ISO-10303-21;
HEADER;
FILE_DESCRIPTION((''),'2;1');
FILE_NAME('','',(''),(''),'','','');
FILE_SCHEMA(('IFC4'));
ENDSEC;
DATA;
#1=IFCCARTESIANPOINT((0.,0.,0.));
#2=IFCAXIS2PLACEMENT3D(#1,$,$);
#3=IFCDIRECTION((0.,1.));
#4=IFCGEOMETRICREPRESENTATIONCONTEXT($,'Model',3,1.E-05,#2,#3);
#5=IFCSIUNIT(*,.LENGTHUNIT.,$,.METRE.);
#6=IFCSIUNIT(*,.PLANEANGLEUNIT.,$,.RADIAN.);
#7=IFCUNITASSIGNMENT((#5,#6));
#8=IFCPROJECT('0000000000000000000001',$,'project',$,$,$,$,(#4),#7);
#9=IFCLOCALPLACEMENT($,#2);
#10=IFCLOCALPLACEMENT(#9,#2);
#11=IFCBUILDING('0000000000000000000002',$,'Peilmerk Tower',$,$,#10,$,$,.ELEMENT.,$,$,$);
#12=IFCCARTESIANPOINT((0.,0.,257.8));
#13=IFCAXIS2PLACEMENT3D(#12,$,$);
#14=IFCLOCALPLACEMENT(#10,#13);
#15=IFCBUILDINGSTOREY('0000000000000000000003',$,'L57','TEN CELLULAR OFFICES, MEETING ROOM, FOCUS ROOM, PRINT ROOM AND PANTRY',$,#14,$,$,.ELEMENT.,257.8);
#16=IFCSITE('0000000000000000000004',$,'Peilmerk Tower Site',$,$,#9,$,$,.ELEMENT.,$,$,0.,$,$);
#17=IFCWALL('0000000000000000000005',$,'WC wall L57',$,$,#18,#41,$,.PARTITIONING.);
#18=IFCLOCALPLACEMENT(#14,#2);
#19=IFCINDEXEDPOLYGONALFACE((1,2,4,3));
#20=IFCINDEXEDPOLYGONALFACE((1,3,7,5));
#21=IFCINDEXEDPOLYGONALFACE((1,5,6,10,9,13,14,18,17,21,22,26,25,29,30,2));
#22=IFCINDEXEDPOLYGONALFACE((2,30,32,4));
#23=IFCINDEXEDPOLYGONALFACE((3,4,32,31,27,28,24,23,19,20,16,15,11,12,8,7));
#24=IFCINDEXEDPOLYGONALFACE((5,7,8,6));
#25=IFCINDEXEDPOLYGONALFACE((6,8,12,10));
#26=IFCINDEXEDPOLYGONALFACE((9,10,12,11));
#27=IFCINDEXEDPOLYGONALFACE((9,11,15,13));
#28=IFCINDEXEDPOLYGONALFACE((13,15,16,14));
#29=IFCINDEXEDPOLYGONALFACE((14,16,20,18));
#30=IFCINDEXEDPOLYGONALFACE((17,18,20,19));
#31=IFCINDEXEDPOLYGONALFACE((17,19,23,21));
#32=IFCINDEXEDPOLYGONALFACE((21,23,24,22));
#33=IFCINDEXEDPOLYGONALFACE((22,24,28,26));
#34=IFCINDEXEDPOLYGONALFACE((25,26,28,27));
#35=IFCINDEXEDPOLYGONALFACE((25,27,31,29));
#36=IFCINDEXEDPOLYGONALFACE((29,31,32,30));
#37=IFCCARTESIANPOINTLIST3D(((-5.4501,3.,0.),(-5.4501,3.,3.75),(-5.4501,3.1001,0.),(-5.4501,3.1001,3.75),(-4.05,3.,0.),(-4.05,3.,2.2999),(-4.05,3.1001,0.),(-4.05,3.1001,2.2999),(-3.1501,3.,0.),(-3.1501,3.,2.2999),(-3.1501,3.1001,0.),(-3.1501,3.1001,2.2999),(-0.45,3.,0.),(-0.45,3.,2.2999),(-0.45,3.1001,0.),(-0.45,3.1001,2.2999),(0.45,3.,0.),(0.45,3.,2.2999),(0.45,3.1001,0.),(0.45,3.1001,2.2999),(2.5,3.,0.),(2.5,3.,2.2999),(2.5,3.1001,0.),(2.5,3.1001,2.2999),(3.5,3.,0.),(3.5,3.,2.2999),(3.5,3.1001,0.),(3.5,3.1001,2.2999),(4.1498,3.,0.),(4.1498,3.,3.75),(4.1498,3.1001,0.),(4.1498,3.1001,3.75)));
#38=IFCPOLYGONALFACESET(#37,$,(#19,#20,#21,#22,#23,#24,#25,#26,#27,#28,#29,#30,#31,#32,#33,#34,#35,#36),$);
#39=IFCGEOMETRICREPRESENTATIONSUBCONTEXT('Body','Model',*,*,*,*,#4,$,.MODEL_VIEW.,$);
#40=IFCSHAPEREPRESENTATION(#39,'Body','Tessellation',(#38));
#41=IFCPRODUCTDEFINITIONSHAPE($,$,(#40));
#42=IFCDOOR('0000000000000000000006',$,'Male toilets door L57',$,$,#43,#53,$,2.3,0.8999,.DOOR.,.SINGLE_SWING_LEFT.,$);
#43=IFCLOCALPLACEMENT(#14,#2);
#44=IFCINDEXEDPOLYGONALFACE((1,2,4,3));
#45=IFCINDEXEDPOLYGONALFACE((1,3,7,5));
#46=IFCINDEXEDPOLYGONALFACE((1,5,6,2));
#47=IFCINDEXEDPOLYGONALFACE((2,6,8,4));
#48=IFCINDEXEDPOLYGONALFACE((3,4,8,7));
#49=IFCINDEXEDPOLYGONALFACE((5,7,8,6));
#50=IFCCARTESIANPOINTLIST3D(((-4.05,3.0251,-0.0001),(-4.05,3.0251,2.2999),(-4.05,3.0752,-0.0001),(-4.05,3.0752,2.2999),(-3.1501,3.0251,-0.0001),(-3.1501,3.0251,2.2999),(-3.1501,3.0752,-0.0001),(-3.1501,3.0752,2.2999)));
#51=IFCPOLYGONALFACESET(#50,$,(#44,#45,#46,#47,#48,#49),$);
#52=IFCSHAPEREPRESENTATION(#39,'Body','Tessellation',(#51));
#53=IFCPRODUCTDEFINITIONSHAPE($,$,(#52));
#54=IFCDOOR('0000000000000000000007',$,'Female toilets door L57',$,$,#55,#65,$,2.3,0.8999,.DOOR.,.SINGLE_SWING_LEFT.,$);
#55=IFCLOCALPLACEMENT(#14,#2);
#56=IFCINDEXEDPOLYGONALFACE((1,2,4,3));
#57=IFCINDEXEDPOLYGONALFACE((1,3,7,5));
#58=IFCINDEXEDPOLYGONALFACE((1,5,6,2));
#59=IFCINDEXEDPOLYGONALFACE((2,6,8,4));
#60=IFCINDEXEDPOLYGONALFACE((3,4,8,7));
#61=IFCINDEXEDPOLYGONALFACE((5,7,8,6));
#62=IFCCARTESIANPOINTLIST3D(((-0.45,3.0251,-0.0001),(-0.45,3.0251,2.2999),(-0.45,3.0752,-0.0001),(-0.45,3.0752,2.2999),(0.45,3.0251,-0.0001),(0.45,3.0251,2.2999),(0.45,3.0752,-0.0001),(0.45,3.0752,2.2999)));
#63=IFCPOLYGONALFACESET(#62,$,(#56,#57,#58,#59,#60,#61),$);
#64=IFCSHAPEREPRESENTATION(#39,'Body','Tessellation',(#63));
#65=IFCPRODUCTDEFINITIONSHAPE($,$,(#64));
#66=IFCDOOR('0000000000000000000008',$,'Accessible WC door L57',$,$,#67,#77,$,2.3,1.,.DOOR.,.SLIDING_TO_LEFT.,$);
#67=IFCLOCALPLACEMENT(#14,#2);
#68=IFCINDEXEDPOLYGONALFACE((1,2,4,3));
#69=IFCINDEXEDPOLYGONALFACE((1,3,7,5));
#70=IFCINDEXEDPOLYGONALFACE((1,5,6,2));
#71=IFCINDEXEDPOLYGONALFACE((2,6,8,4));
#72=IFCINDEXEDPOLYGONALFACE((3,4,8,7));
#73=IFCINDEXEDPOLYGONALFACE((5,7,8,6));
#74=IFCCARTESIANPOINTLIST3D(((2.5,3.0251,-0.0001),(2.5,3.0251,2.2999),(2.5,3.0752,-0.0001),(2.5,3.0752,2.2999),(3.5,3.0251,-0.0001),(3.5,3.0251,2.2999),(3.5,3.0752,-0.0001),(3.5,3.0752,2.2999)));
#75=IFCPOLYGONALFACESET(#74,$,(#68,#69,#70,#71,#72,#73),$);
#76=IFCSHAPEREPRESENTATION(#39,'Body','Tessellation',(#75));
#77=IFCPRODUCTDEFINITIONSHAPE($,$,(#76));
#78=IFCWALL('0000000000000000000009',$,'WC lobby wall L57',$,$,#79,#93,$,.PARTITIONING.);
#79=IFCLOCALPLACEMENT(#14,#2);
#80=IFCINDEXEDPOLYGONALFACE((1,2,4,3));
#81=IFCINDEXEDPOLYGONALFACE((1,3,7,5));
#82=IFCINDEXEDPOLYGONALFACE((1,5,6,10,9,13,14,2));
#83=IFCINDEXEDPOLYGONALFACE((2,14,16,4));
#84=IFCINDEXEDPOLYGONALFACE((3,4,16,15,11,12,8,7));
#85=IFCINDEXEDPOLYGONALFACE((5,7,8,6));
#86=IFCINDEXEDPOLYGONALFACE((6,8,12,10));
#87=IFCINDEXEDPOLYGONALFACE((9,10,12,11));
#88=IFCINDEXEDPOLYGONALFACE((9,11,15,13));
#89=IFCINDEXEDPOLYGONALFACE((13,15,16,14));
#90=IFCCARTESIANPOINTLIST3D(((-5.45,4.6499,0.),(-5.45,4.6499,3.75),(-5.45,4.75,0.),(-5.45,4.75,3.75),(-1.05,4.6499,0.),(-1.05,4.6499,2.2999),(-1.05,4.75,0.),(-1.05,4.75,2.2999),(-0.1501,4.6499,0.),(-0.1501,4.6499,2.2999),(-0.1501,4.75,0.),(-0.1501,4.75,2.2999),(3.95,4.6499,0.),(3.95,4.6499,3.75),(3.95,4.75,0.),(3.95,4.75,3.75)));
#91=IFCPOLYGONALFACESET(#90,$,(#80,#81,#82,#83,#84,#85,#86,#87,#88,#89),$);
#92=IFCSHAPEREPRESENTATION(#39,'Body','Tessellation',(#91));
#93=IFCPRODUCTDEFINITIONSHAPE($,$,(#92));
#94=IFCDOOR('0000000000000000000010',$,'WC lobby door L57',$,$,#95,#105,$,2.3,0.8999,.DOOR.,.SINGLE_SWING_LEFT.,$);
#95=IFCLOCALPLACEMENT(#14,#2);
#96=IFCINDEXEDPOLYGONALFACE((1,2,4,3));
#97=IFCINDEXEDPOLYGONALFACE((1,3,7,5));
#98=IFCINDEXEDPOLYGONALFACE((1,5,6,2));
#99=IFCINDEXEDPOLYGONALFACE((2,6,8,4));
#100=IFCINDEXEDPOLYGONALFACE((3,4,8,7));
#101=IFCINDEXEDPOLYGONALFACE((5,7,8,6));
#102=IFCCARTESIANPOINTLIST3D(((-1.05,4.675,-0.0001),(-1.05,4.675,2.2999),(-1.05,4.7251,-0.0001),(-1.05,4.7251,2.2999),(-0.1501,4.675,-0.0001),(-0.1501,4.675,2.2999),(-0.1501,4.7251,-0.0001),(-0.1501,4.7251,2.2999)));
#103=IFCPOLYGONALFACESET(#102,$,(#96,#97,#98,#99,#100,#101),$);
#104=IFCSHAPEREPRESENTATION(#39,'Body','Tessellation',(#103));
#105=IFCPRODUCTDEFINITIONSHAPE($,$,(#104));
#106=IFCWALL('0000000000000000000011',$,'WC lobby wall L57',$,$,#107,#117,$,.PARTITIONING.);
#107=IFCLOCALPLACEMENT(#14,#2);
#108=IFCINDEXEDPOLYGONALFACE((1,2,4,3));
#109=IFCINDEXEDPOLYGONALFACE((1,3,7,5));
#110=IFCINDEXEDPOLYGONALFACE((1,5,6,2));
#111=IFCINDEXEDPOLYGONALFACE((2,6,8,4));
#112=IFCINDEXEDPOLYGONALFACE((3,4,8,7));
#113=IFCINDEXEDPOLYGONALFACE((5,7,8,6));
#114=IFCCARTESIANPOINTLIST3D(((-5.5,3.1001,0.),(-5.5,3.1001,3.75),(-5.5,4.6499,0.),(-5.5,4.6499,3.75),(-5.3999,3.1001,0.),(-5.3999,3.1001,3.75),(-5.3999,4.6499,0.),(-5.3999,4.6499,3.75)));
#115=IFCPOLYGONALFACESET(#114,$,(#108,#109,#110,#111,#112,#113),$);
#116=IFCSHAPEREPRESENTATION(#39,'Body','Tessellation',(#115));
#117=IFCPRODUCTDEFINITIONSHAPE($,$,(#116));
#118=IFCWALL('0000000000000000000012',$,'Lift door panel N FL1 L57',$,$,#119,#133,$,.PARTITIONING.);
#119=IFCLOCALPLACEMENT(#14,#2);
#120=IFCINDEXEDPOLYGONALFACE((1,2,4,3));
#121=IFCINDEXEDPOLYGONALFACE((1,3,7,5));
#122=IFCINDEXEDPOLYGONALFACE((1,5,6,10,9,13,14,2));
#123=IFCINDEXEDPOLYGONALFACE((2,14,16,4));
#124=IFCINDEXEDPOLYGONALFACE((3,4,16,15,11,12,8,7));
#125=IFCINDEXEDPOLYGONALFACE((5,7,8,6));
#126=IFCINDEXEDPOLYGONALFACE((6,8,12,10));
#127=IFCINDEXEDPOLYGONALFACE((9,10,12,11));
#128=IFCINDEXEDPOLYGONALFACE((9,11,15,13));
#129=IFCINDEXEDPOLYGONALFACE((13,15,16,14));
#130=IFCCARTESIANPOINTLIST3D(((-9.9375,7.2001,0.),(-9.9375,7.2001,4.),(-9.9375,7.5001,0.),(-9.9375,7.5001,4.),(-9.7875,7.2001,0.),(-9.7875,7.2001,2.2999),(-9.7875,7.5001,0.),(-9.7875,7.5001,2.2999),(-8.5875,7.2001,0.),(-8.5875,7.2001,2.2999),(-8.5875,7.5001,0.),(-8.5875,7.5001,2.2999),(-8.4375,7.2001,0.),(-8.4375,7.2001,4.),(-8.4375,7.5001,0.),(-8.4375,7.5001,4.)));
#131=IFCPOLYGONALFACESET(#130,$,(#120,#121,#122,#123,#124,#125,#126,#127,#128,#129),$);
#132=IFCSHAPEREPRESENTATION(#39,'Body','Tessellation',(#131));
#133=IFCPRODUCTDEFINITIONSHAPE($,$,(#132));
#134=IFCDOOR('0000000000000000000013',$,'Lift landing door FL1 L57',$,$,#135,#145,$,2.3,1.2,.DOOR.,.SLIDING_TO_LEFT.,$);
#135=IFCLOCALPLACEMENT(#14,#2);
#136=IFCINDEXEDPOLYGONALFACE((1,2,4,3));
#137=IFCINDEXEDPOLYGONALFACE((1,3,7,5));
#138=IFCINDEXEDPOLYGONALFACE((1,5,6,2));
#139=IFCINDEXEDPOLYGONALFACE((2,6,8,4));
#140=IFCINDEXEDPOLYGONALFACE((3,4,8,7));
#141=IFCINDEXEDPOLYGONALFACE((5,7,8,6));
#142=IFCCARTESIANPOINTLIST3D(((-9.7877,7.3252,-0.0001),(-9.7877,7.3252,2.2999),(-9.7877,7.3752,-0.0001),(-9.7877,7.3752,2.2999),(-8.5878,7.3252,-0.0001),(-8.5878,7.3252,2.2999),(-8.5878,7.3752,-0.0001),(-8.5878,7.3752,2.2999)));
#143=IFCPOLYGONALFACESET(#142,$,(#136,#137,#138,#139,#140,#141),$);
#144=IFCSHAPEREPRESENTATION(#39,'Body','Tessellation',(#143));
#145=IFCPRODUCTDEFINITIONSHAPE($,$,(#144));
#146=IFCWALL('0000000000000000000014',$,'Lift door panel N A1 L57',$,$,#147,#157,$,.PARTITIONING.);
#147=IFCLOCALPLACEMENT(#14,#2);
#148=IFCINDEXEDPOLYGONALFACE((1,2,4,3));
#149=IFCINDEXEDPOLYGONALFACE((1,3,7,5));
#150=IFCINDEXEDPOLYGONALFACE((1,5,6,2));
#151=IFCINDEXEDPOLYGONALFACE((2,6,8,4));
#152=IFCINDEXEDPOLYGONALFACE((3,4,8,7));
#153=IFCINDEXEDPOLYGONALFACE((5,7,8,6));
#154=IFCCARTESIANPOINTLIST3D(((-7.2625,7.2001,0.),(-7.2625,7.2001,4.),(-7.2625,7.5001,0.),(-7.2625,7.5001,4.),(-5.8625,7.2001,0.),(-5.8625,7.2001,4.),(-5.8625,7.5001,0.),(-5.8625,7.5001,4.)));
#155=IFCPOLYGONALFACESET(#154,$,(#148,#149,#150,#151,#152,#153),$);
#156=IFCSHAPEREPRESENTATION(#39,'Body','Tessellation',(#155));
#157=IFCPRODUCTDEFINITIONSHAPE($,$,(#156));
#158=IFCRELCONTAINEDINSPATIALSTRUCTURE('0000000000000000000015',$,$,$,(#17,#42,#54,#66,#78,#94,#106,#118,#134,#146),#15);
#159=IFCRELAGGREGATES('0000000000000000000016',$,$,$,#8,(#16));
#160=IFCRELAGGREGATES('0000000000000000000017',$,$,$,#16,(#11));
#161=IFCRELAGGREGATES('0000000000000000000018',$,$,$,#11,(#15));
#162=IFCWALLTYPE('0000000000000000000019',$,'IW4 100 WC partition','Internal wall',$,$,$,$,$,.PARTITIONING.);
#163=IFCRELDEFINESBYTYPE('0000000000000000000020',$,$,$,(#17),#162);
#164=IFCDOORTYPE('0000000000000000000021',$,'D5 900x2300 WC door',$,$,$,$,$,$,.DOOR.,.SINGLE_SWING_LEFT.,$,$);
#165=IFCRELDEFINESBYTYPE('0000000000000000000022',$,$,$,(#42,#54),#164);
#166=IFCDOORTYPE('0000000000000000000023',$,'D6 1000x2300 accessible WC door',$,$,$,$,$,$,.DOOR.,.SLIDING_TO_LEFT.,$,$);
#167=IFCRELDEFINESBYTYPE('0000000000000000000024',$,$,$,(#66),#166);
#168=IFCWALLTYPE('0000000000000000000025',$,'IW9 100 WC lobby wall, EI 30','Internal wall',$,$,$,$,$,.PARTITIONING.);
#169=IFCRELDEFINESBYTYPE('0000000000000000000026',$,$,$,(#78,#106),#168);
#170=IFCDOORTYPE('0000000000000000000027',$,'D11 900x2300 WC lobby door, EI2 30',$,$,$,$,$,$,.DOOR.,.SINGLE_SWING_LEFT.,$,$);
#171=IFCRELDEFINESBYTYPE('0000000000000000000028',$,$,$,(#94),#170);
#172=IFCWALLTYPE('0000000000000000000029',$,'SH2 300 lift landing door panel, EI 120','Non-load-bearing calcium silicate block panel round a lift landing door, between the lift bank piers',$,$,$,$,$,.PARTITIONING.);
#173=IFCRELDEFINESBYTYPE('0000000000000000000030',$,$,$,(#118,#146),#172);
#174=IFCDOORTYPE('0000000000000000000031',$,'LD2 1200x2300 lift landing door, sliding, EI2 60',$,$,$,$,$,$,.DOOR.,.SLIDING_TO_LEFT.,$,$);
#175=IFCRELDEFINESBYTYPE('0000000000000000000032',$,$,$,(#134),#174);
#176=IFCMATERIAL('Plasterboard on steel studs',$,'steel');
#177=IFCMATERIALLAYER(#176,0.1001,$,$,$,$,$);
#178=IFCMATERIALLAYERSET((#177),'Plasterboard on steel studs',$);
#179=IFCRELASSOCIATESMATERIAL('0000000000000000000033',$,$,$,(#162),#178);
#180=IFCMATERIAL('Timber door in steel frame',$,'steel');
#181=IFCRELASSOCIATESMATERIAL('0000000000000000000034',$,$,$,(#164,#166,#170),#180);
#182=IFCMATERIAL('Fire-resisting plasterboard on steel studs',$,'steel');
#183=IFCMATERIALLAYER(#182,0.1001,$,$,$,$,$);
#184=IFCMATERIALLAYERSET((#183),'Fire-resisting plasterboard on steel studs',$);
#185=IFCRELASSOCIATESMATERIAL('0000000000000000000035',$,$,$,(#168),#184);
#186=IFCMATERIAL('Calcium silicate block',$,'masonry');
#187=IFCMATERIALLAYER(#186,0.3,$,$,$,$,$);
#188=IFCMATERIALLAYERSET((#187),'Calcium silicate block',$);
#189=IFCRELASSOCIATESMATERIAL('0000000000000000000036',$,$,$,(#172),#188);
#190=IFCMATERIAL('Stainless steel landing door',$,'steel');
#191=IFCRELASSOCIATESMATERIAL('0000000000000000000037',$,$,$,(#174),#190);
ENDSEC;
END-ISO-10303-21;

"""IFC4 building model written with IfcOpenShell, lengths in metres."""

from ifc_helpers import new_model, si_unit, direction, frame, frame_2d, origin, place, context, subcontext, project, spatial, rectangle, extrude, material, layer, layer_set, type_object, element, fill, save


model = new_model("IFC4")

# Units and contexts
model_context = context("Model", 3, precision=1e-05, world=origin(), true_north=direction((0.0, 1.0)))
body_context = subcontext(model_context, "Body", "Model", "MODEL_VIEW")
ifc_project = project(units=[si_unit("LENGTHUNIT", "METRE"), si_unit("PLANEANGLEUNIT", "RADIAN")], contexts=[model_context])

# Site, building, storey
site_placement = place(None, origin())
site = spatial("IfcSite", under=ifc_project, at=site_placement, Name="Peilmerk Tower Site", CompositionType="ELEMENT", RefElevation=0.0)
building_placement = place(site_placement, origin())
building = spatial("IfcBuilding", under=site, at=building_placement, Name="Peilmerk Tower", CompositionType="ELEMENT")
storey_placement = place(building_placement, frame((0.0, 0.0, 257.8)))
storey = spatial("IfcBuildingStorey", under=building, at=storey_placement, Name="L57", Description="TEN CELLULAR OFFICES, MEETING ROOM, FOCUS ROOM, PRINT ROOM AND PANTRY", CompositionType="ELEMENT", Elevation=257.8)

# Wall, openings, doors
ifc_material_1 = material(Name="Plasterboard on steel studs", Category="steel")
ifc_layer_1 = layer(ifc_material_1, 0.1001)
ifc_layer_set_1 = layer_set([ifc_layer_1], Name="Plasterboard on steel studs")
wall_type_1 = type_object("IfcWallType", Name="IW4 100 WC partition", Description="Internal wall", PredefinedType="PARTITIONING", material=ifc_layer_set_1)
wall_1_placement = place(storey_placement, frame((-5.45, 3.05, 0.0), z_axis=(0.0, 0.0, 1.0), x_axis=(1.0, 0.0, 0.0)))
wall_1 = element("IfcWall", 1, at=wall_1_placement, inside=storey, type_object=wall_type_1, Name="WC wall L57", PredefinedType="PARTITIONING", context=body_context, shape_type="SweptSolid", body=[
    extrude(rectangle(XDim=9.5999, YDim=0.1001, at=frame_2d((4.7998, 0.0))), origin(), (0.0, 0.0, 1.0), 3.75),
])
opening_1_placement = place(wall_1_placement, frame((1.3999, 0.0, 0.0)))
opening_1 = element("IfcOpeningElement", 2, at=opening_1_placement, cuts=wall_1, PredefinedType="OPENING", context=body_context, shape_type="SweptSolid", body=[
    extrude(rectangle(XDim=0.8999, YDim=2.3, at=frame_2d((0.45, 1.1499))), frame((0.0, 0.0601, 0.0), z_axis=(0.0, -1.0, 0.0), x_axis=(1.0, 0.0, 0.0)), (0.0, 0.0, 1.0), 0.1201),
])
opening_2_placement = place(wall_1_placement, frame((5.0, 0.0, 0.0)))
opening_2 = element("IfcOpeningElement", 3, at=opening_2_placement, cuts=wall_1, PredefinedType="OPENING", context=body_context, shape_type="SweptSolid", body=[
    extrude(rectangle(XDim=0.8999, YDim=2.3, at=frame_2d((0.45, 1.1499))), frame((0.0, 0.0601, 0.0), z_axis=(0.0, -1.0, 0.0), x_axis=(1.0, 0.0, 0.0)), (0.0, 0.0, 1.0), 0.1201),
])
opening_3_placement = place(wall_1_placement, frame((7.95, 0.0, 0.0)))
opening_3 = element("IfcOpeningElement", 4, at=opening_3_placement, cuts=wall_1, PredefinedType="OPENING", context=body_context, shape_type="SweptSolid", body=[
    extrude(rectangle(XDim=1.0, YDim=2.3, at=frame_2d((0.5, 1.1499))), frame((0.0, 0.0601, 0.0), z_axis=(0.0, -1.0, 0.0), x_axis=(1.0, 0.0, 0.0)), (0.0, 0.0, 1.0), 0.1201),
])
ifc_material_2 = material(Name="Timber door in steel frame", Category="steel")
door_type_1 = type_object("IfcDoorType", Name="D5 900x2300 WC door", OperationType="SINGLE_SWING_LEFT", PredefinedType="DOOR", material=ifc_material_2)
door_1_placement = place(opening_1_placement, frame((0.8999, 0.0, 0.0), z_axis=(0.0, 0.0, 1.0), x_axis=(-1.0, 0.0, 0.0)))
door_1 = element("IfcDoor", 5, at=door_1_placement, inside=storey, type_object=door_type_1, Name="Male toilets door L57", OperationType="SINGLE_SWING_LEFT", OverallHeight=2.3, OverallWidth=0.8999, PredefinedType="DOOR", context=body_context, shape_type="SweptSolid", body=[
    extrude(rectangle(XDim=0.8999, YDim=2.3, at=frame_2d((0.45, 1.1499))), frame((0.0, 0.0249, 0.0), z_axis=(0.0, -1.0, 0.0), x_axis=(1.0, 0.0, 0.0)), (0.0, 0.0, 1.0), 0.05),
])
fill(opening_1, door_1)
door_2_placement = place(opening_2_placement, frame((0.8999, 0.0, 0.0), z_axis=(0.0, 0.0, 1.0), x_axis=(-1.0, 0.0, 0.0)))
door_2 = element("IfcDoor", 6, at=door_2_placement, inside=storey, type_object=door_type_1, Name="Female toilets door L57", OperationType="SINGLE_SWING_LEFT", OverallHeight=2.3, OverallWidth=0.8999, PredefinedType="DOOR", context=body_context, shape_type="SweptSolid", body=[
    extrude(rectangle(XDim=0.8999, YDim=2.3, at=frame_2d((0.45, 1.1499))), frame((0.0, 0.0249, 0.0), z_axis=(0.0, -1.0, 0.0), x_axis=(1.0, 0.0, 0.0)), (0.0, 0.0, 1.0), 0.05),
])
fill(opening_2, door_2)
door_type_2 = type_object("IfcDoorType", Name="D6 1000x2300 accessible WC door", OperationType="SLIDING_TO_LEFT", PredefinedType="DOOR", material=ifc_material_2)
door_3_placement = place(opening_3_placement, frame((1.0, 0.0, 0.0), z_axis=(0.0, 0.0, 1.0), x_axis=(-1.0, 0.0, 0.0)))
door_3 = element("IfcDoor", 7, at=door_3_placement, inside=storey, type_object=door_type_2, Name="Accessible WC door L57", OperationType="SLIDING_TO_LEFT", OverallHeight=2.3, OverallWidth=1.0, PredefinedType="DOOR", context=body_context, shape_type="SweptSolid", body=[
    extrude(rectangle(XDim=1.0, YDim=2.3, at=frame_2d((0.5, 1.1499))), frame((0.0, 0.0249, 0.0), z_axis=(0.0, -1.0, 0.0), x_axis=(1.0, 0.0, 0.0)), (0.0, 0.0, 1.0), 0.05),
])
fill(opening_3, door_3)

# Wall, opening, door
ifc_material_3 = material(Name="Fire-resisting plasterboard on steel studs", Category="steel")
ifc_layer_2 = layer(ifc_material_3, 0.1001)
ifc_layer_set_2 = layer_set([ifc_layer_2], Name="Fire-resisting plasterboard on steel studs")
wall_type_2 = type_object("IfcWallType", Name="IW9 100 WC lobby wall, EI 30", Description="Internal wall", PredefinedType="PARTITIONING", material=ifc_layer_set_2)
wall_2_placement = place(storey_placement, frame((-5.45, 4.7, 0.0), z_axis=(0.0, 0.0, 1.0), x_axis=(1.0, 0.0, 0.0)))
wall_2 = element("IfcWall", 8, at=wall_2_placement, inside=storey, type_object=wall_type_2, Name="WC lobby wall L57", PredefinedType="PARTITIONING", context=body_context, shape_type="SweptSolid", body=[
    extrude(rectangle(XDim=9.3999, YDim=0.1001, at=frame_2d((4.7, 0.0))), origin(), (0.0, 0.0, 1.0), 3.75),
])
opening_4_placement = place(wall_2_placement, frame((4.3999, 0.0, 0.0)))
opening_4 = element("IfcOpeningElement", 9, at=opening_4_placement, cuts=wall_2, PredefinedType="OPENING", context=body_context, shape_type="SweptSolid", body=[
    extrude(rectangle(XDim=0.8999, YDim=2.3, at=frame_2d((0.45, 1.1499))), frame((0.0, 0.0601, 0.0), z_axis=(0.0, -1.0, 0.0), x_axis=(1.0, 0.0, 0.0)), (0.0, 0.0, 1.0), 0.1201),
])
door_type_3 = type_object("IfcDoorType", Name="D11 900x2300 WC lobby door, EI2 30", OperationType="SINGLE_SWING_LEFT", PredefinedType="DOOR", material=ifc_material_2)
door_4_placement = place(opening_4_placement, frame((0.8999, 0.0, 0.0), z_axis=(0.0, 0.0, 1.0), x_axis=(-1.0, 0.0, 0.0)))
door_4 = element("IfcDoor", 10, at=door_4_placement, inside=storey, type_object=door_type_3, Name="WC lobby door L57", OperationType="SINGLE_SWING_LEFT", OverallHeight=2.3, OverallWidth=0.8999, PredefinedType="DOOR", context=body_context, shape_type="SweptSolid", body=[
    extrude(rectangle(XDim=0.8999, YDim=2.3, at=frame_2d((0.45, 1.1499))), frame((0.0, 0.0249, 0.0), z_axis=(0.0, -1.0, 0.0), x_axis=(1.0, 0.0, 0.0)), (0.0, 0.0, 1.0), 0.05),
])
fill(opening_4, door_4)

# Wall
wall_3_placement = place(storey_placement, frame((-5.45, 3.1001, 0.0), z_axis=(0.0, 0.0, 1.0), x_axis=(0.0, 1.0, 0.0)))
element("IfcWall", 11, at=wall_3_placement, inside=storey, type_object=wall_type_2, Name="WC lobby wall L57", PredefinedType="PARTITIONING", context=body_context, shape_type="SweptSolid", body=[
    extrude(rectangle(XDim=1.5498, YDim=0.1001, at=frame_2d((0.7749, 0.0))), origin(), (0.0, 0.0, 1.0), 3.75),
])

# Wall, opening, door
ifc_material_4 = material(Name="Calcium silicate block", Category="masonry")
ifc_layer_3 = layer(ifc_material_4, 0.3)
ifc_layer_set_3 = layer_set([ifc_layer_3], Name="Calcium silicate block")
wall_type_3 = type_object("IfcWallType", Name="SH2 300 lift landing door panel, EI 120", Description="Non-load-bearing calcium silicate block panel round a lift landing door, between the lift bank piers", PredefinedType="PARTITIONING", material=ifc_layer_set_3)
wall_4_placement = place(storey_placement, frame((-9.9375, 7.3501, 0.0), z_axis=(0.0, 0.0, 1.0), x_axis=(1.0, 0.0, 0.0)))
wall_4 = element("IfcWall", 12, at=wall_4_placement, inside=storey, type_object=wall_type_3, Name="Lift door panel N FL1 L57", PredefinedType="PARTITIONING", context=body_context, shape_type="SweptSolid", body=[
    extrude(rectangle(XDim=1.5, YDim=0.3, at=frame_2d((0.75, 0.0))), origin(), (0.0, 0.0, 1.0), 4.0),
])
opening_5_placement = place(wall_4_placement, frame((0.1499, 0.0, 0.0)))
opening_5 = element("IfcOpeningElement", 13, at=opening_5_placement, cuts=wall_4, PredefinedType="OPENING", context=body_context, shape_type="SweptSolid", body=[
    extrude(rectangle(XDim=1.2, YDim=2.3, at=frame_2d((0.6001, 1.1499))), frame((0.0, 0.1599, 0.0), z_axis=(0.0, -1.0, 0.0), x_axis=(1.0, 0.0, 0.0)), (0.0, 0.0, 1.0), 0.3201),
])
ifc_material_5 = material(Name="Stainless steel landing door", Category="steel")
door_type_4 = type_object("IfcDoorType", Name="LD2 1200x2300 lift landing door, sliding, EI2 60", OperationType="SLIDING_TO_LEFT", PredefinedType="DOOR", material=ifc_material_5)
door_5_placement = place(opening_5_placement, frame((1.2, 0.0, 0.0), z_axis=(0.0, 0.0, 1.0), x_axis=(-1.0, 0.0, 0.0)))
door_5 = element("IfcDoor", 14, at=door_5_placement, inside=storey, type_object=door_type_4, Name="Lift landing door FL1 L57", OperationType="SLIDING_TO_LEFT", OverallHeight=2.3, OverallWidth=1.2, PredefinedType="DOOR", context=body_context, shape_type="SweptSolid", body=[
    extrude(rectangle(XDim=1.2, YDim=2.3, at=frame_2d((0.6001, 1.1499))), frame((0.0, 0.0249, 0.0), z_axis=(0.0, -1.0, 0.0), x_axis=(1.0, 0.0, 0.0)), (0.0, 0.0, 1.0), 0.05),
])
fill(opening_5, door_5)

# Wall
wall_5_placement = place(storey_placement, frame((-7.2625, 7.3501, 0.0), z_axis=(0.0, 0.0, 1.0), x_axis=(1.0, 0.0, 0.0)))
element("IfcWall", 15, at=wall_5_placement, inside=storey, type_object=wall_type_3, Name="Lift door panel N A1 L57", PredefinedType="PARTITIONING", context=body_context, shape_type="SweptSolid", body=[
    extrude(rectangle(XDim=1.3999, YDim=0.3, at=frame_2d((0.7, 0.0))), origin(), (0.0, 0.0, 1.0), 4.0),
])

save(model, "model.ifc")
